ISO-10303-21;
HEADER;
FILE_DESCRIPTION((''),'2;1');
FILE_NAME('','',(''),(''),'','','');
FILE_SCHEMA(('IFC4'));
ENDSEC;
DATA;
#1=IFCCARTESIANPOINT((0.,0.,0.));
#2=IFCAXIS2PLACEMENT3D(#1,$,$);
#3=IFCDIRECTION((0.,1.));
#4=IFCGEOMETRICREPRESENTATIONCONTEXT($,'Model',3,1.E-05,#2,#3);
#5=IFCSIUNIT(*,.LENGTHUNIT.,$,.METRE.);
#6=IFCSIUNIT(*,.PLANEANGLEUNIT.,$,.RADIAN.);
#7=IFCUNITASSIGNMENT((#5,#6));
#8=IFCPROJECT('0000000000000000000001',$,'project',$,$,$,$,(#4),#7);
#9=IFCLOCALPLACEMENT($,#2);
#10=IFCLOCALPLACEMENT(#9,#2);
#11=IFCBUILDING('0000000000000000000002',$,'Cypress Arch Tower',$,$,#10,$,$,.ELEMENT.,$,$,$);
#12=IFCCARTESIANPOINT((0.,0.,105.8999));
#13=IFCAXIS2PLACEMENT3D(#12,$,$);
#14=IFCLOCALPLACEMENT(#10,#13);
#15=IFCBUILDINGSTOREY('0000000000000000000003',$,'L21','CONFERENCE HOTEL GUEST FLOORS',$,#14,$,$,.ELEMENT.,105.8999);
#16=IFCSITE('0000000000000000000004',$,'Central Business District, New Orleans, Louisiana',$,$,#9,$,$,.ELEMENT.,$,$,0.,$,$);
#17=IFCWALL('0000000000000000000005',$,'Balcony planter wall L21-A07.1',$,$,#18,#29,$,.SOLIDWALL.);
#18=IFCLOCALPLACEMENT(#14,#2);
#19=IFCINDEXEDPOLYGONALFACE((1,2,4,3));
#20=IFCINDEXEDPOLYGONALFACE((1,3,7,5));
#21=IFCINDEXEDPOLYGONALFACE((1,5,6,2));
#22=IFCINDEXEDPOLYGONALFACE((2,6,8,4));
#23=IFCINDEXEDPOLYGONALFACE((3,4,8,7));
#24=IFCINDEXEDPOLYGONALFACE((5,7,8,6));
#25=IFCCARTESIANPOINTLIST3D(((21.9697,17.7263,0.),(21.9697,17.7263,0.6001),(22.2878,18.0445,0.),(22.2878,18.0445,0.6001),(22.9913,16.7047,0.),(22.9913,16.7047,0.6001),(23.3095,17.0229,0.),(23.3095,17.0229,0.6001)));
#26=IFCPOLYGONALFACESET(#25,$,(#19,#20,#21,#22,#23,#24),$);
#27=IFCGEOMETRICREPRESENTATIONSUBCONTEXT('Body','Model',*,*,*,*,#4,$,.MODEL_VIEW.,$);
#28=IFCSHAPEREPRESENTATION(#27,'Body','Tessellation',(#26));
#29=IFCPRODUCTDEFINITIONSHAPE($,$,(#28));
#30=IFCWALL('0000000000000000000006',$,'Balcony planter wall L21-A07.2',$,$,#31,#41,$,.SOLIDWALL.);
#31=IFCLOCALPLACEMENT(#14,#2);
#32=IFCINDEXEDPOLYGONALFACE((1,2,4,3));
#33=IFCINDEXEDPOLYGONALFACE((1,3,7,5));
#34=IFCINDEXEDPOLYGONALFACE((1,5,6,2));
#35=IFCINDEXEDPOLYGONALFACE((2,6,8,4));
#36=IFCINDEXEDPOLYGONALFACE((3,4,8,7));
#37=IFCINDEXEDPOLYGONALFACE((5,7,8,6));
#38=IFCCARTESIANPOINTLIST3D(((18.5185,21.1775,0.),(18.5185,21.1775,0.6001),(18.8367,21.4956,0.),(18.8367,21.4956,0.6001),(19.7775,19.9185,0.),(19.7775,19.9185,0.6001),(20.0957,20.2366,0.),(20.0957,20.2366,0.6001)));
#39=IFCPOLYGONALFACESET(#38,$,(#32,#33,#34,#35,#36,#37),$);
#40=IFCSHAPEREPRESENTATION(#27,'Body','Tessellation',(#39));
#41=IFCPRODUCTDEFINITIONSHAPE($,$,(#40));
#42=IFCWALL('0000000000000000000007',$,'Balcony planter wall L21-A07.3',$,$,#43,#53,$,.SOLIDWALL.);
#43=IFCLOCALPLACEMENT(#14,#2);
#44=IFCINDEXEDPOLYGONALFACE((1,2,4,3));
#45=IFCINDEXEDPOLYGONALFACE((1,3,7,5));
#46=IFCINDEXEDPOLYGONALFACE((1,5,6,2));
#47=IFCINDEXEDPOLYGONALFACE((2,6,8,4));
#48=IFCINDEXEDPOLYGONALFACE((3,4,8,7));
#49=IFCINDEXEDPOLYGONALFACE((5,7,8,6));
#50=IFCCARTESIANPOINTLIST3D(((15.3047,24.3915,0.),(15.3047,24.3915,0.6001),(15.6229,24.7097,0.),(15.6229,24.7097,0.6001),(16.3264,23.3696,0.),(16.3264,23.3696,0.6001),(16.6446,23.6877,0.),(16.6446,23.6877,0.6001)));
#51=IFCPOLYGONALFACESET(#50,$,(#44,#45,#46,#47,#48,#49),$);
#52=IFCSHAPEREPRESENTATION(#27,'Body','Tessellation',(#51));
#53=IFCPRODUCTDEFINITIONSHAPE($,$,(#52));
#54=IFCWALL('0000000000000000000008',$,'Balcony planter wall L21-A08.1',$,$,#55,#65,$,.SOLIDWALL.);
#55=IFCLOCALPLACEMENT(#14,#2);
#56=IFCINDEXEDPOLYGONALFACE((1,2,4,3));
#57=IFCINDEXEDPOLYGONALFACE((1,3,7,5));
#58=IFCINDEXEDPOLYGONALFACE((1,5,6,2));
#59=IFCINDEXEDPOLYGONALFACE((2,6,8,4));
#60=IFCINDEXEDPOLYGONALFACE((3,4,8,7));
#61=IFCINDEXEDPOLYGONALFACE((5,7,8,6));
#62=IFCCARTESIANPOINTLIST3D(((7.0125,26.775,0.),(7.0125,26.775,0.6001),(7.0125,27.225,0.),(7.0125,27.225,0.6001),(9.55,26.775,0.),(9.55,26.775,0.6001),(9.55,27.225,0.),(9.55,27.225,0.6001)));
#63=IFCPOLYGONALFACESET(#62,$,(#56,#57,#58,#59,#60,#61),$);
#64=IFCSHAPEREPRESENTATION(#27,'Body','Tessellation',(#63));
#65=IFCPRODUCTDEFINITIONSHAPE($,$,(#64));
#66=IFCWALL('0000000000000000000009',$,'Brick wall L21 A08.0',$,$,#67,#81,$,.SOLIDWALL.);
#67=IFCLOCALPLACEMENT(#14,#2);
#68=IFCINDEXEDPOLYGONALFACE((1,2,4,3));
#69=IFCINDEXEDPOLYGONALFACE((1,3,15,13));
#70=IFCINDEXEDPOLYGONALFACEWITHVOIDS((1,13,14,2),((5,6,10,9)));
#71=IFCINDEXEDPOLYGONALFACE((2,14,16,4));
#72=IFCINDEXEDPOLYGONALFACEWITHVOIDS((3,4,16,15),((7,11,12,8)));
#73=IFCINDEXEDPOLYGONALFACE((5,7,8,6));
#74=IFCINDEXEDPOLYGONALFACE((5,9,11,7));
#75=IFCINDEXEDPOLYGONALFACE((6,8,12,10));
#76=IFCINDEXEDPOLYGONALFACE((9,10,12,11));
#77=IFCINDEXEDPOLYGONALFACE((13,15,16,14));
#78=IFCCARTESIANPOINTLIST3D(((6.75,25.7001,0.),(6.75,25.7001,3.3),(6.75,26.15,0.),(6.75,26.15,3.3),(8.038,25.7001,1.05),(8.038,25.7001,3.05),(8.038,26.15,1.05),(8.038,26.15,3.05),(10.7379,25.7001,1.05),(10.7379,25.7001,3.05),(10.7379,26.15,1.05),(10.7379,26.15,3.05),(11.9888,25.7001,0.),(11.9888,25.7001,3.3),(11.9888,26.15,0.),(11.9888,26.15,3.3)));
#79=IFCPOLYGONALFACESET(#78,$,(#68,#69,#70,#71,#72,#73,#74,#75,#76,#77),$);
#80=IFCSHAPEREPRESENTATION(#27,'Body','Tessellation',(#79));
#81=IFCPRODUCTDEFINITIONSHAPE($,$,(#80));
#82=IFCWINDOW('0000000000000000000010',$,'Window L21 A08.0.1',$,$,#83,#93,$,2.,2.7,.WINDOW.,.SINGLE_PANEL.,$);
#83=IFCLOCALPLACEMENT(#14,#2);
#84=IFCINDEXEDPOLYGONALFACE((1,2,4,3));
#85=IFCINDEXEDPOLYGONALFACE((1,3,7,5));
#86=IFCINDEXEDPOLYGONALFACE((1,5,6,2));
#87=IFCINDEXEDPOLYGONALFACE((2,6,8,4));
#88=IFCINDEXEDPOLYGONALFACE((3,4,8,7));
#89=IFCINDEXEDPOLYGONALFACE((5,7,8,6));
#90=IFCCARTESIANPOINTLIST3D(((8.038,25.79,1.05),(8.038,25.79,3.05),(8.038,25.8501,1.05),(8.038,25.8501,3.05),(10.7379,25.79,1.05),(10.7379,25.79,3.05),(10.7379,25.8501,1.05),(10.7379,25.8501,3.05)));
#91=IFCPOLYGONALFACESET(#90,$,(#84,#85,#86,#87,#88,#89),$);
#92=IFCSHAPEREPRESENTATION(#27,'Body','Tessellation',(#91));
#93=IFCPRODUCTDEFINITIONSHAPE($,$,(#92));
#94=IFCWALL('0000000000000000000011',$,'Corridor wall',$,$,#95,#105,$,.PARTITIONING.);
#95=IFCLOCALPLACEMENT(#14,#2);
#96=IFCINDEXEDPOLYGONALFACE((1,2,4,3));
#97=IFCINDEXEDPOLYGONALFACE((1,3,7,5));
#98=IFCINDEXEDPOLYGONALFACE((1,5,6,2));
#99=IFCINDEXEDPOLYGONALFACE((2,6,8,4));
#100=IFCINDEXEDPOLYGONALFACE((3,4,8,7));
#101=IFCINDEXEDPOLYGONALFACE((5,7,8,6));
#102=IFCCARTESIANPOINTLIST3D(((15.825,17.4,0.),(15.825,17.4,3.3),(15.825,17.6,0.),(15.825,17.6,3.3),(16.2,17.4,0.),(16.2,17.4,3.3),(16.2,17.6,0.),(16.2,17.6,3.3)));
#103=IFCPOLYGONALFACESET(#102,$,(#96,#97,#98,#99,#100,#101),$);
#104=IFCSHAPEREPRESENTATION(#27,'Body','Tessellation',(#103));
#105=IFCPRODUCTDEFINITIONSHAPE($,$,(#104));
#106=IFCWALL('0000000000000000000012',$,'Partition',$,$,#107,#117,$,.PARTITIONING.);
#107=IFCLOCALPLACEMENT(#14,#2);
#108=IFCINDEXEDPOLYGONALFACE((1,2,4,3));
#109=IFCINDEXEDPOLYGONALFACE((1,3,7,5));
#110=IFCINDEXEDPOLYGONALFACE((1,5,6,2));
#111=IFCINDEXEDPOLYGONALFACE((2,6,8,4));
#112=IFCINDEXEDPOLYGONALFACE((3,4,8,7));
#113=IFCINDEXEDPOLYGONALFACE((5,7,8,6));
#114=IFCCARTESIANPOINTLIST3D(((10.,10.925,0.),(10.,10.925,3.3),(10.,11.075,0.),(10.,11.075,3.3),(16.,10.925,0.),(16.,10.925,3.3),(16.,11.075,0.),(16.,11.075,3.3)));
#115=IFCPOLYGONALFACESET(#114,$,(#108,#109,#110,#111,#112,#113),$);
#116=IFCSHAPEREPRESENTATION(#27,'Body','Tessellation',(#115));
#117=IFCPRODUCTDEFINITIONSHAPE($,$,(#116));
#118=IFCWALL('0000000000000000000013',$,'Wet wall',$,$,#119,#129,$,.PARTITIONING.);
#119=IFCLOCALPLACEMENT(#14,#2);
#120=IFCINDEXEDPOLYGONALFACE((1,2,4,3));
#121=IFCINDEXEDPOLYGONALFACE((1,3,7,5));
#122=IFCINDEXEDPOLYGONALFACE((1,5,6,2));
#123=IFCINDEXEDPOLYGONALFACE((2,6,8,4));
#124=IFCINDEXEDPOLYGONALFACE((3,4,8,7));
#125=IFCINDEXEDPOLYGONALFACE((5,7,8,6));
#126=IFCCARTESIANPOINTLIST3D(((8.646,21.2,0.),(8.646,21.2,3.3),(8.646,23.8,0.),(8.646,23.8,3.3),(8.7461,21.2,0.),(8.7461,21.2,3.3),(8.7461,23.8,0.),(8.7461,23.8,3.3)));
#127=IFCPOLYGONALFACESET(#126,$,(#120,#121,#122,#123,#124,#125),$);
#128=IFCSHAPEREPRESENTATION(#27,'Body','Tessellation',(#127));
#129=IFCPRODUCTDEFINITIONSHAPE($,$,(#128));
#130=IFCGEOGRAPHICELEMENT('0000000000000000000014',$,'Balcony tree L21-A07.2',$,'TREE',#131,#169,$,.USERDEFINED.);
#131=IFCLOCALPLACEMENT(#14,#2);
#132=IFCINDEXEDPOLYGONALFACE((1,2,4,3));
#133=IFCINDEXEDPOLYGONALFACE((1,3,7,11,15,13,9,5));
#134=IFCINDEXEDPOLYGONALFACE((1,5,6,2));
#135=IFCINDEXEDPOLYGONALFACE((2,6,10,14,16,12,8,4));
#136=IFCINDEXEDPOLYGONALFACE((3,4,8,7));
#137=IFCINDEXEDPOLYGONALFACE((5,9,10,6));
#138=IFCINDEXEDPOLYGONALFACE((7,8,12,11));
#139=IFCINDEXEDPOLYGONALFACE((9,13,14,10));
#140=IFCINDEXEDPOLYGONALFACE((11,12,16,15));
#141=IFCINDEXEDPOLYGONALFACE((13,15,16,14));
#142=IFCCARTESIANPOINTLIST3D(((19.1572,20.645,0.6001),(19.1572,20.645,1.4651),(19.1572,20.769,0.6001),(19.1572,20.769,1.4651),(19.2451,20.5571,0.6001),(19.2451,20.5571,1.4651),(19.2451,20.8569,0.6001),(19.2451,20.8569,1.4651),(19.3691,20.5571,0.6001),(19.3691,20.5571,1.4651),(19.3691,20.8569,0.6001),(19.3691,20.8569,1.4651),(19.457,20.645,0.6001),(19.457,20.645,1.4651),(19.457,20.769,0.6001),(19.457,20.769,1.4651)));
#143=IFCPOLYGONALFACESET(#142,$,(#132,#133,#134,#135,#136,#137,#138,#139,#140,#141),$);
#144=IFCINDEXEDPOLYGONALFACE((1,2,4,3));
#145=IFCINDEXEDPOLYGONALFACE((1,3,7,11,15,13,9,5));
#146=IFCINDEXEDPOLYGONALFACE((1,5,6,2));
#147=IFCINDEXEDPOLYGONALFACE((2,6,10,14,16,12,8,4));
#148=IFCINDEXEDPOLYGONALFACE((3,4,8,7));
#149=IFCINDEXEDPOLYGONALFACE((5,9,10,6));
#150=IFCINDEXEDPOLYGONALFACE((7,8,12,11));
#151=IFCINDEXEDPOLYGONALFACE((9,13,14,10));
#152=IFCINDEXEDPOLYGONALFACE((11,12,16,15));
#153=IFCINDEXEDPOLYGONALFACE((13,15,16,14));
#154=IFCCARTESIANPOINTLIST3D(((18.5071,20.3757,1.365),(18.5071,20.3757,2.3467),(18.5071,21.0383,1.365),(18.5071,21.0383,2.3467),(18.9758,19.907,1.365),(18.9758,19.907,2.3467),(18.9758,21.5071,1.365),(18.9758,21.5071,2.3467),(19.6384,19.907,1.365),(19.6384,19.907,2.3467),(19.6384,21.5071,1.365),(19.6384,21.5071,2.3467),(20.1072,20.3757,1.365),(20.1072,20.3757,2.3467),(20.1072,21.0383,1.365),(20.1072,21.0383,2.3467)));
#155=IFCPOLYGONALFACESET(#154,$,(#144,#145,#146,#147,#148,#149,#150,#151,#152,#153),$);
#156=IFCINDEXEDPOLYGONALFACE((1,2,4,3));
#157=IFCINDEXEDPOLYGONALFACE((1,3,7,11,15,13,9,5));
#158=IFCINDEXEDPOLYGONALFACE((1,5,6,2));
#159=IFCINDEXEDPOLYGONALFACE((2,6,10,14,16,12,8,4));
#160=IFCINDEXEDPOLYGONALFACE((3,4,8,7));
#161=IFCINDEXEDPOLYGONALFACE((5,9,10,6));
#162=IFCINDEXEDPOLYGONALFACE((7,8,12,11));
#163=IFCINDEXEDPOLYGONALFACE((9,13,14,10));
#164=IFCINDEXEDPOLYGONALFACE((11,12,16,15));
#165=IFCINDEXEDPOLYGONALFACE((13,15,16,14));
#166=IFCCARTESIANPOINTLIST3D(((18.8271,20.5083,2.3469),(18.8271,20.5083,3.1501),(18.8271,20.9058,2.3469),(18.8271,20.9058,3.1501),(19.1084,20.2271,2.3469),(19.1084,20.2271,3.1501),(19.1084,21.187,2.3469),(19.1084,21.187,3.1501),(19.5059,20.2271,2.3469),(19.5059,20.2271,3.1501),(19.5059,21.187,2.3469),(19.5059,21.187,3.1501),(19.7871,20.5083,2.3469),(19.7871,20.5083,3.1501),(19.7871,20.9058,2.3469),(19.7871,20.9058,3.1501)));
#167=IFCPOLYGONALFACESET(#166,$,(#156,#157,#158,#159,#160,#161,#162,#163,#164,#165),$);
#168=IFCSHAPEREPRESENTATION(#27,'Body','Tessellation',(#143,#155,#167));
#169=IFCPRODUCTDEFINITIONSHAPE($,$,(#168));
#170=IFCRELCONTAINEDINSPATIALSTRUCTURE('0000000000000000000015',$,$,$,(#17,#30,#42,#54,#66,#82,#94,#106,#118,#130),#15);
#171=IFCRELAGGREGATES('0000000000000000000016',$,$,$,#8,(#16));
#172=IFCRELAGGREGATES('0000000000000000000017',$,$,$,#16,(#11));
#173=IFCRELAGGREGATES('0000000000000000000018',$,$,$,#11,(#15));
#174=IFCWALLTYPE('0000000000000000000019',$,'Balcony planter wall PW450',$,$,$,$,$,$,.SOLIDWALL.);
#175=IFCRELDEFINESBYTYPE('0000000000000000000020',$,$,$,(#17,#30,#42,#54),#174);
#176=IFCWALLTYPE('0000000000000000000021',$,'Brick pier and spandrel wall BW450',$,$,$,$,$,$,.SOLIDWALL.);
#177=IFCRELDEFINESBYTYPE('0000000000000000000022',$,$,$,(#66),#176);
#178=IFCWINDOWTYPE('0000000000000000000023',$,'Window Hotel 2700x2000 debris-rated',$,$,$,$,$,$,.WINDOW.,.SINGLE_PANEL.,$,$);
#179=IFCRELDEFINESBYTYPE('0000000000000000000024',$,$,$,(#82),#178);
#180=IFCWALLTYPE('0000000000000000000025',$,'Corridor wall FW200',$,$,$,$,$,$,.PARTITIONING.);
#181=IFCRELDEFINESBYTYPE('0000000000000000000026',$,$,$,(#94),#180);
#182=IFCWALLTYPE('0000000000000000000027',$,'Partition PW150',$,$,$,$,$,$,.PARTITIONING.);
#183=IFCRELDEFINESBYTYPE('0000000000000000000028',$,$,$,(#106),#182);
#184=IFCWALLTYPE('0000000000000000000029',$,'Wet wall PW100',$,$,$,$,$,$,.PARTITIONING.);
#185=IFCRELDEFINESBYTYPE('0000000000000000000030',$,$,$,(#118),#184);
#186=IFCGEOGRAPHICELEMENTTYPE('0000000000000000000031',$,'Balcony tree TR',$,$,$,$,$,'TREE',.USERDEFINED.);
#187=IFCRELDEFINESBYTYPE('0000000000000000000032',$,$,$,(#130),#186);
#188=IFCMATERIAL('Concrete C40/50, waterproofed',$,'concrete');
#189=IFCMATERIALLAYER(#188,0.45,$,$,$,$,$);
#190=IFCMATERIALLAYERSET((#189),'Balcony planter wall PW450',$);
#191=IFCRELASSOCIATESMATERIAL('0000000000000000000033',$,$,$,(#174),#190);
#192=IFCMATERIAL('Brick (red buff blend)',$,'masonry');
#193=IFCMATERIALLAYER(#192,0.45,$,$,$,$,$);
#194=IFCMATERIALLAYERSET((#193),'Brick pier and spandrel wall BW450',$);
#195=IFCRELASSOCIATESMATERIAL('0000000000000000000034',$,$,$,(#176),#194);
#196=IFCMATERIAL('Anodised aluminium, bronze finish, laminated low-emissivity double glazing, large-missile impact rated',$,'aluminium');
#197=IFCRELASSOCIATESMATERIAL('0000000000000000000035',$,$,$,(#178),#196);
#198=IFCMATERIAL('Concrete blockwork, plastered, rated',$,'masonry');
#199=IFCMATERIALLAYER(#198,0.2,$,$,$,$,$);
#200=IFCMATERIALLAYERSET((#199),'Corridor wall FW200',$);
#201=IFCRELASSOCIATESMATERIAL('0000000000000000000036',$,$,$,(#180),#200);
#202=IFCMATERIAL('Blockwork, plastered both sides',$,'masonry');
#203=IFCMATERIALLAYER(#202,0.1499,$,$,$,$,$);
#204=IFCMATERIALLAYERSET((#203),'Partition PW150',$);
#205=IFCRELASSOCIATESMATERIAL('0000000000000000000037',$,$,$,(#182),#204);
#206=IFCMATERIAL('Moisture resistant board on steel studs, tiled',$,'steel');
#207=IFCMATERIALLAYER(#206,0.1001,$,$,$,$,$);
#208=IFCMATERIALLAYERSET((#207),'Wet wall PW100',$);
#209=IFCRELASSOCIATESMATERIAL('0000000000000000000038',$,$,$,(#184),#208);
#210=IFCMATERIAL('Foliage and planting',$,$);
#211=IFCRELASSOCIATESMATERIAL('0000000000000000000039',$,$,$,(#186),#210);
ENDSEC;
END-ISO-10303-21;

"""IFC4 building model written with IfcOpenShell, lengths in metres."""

from ifc_helpers import new_model, si_unit, direction, frame, frame_2d, origin, place, context, subcontext, project, spatial, polyline, rectangle, outline, extrude, material, layer, layer_set, type_object, element, fill, save


model = new_model("IFC4")

# Units and contexts
model_context = context("Model", 3, precision=1e-05, world=origin(), true_north=direction((0.0, 1.0)))
body_context = subcontext(model_context, "Body", "Model", "MODEL_VIEW")
ifc_project = project(units=[si_unit("LENGTHUNIT", "METRE"), si_unit("PLANEANGLEUNIT", "RADIAN")], contexts=[model_context])

# Site, building, storey
site_placement = place(None, origin())
site = spatial("IfcSite", under=ifc_project, at=site_placement, Name="Central Business District, New Orleans, Louisiana", CompositionType="ELEMENT", RefElevation=0.0)
building_placement = place(site_placement, origin())
building = spatial("IfcBuilding", under=site, at=building_placement, Name="Cypress Arch Tower", CompositionType="ELEMENT")
storey_placement = place(building_placement, frame((0.0, 0.0, 105.8999)))
storey = spatial("IfcBuildingStorey", under=building, at=storey_placement, Name="L21", Description="CONFERENCE HOTEL GUEST FLOORS", CompositionType="ELEMENT", Elevation=105.8999)

# Walls
ifc_material_1 = material(Name="Concrete C40/50, waterproofed", Category="concrete")
ifc_layer_1 = layer(ifc_material_1, 0.45)
ifc_layer_set_1 = layer_set([ifc_layer_1], Name="Balcony planter wall PW450")
wall_type_1 = type_object("IfcWallType", Name="Balcony planter wall PW450", PredefinedType="SOLIDWALL", material=ifc_layer_set_1)
wall_1_placement = place(storey_placement, frame((23.1504, 16.8638, 0.0), z_axis=(0.0, 0.0, 1.0), x_axis=(-0.707107, 0.707107, 0.0)))
element("IfcWall", 1, at=wall_1_placement, inside=storey, type_object=wall_type_1, Name="Balcony planter wall L21-A07.1", PredefinedType="SOLIDWALL", context=body_context, shape_type="SweptSolid", body=[
    extrude(rectangle(XDim=1.4448, YDim=0.45, at=frame_2d((0.7224, 0.0))), origin(), (0.0, 0.0, 1.0), 0.6001),
])
wall_2_placement = place(storey_placement, frame((19.9365, 20.0776, 0.0), z_axis=(0.0, 0.0, 1.0), x_axis=(-0.707107, 0.707107, 0.0)))
element("IfcWall", 2, at=wall_2_placement, inside=storey, type_object=wall_type_1, Name="Balcony planter wall L21-A07.2", PredefinedType="SOLIDWALL", context=body_context, shape_type="SweptSolid", body=[
    extrude(rectangle(XDim=1.7805, YDim=0.45, at=frame_2d((0.8901, 0.0))), origin(), (0.0, 0.0, 1.0), 0.6001),
])
wall_3_placement = place(storey_placement, frame((16.4856, 23.5286, 0.0), z_axis=(0.0, 0.0, 1.0), x_axis=(-0.707022, 0.707191, 0.0)))
element("IfcWall", 3, at=wall_3_placement, inside=storey, type_object=wall_type_1, Name="Balcony planter wall L21-A07.3", PredefinedType="SOLIDWALL", context=body_context, shape_type="SweptSolid", body=[
    extrude(rectangle(XDim=1.4451, YDim=0.45, at=frame_2d((0.7227, 0.0))), origin(), (0.0, 0.0, 1.0), 0.6001),
])
wall_4_placement = place(storey_placement, frame((9.55, 27.0, 0.0), z_axis=(0.0, 0.0, 1.0), x_axis=(-1.0, 0.0, 0.0)))
element("IfcWall", 4, at=wall_4_placement, inside=storey, type_object=wall_type_1, Name="Balcony planter wall L21-A08.1", PredefinedType="SOLIDWALL", context=body_context, shape_type="SweptSolid", body=[
    extrude(rectangle(XDim=2.5376, YDim=0.45, at=frame_2d((1.2688, 0.0))), origin(), (0.0, 0.0, 1.0), 0.6001),
])

# Shared definitions
ifc_material_2 = material(Name="Brick (red buff blend)", Category="masonry")
ifc_layer_2 = layer(ifc_material_2, 0.45)
ifc_layer_set_2 = layer_set([ifc_layer_2], Name="Brick pier and spandrel wall BW450")
wall_type_2 = type_object("IfcWallType", Name="Brick pier and spandrel wall BW450", PredefinedType="SOLIDWALL", material=ifc_layer_set_2)
ifc_material_3 = material(Name="Anodised aluminium, bronze finish, laminated low-emissivity double glazing, large-missile impact rated", Category="aluminium")
window_type = type_object("IfcWindowType", Name="Window Hotel 2700x2000 debris-rated", PartitioningType="SINGLE_PANEL", PredefinedType="WINDOW", material=ifc_material_3)

# Wall, opening, window
wall_5_placement = place(storey_placement, frame((11.9888, 25.925, 0.0), z_axis=(0.0, 0.0, 1.0), x_axis=(-1.0, 0.0, 0.0)))
wall_5 = element("IfcWall", 5, at=wall_5_placement, inside=storey, type_object=wall_type_2, Name="Brick wall L21 A08.0", PredefinedType="SOLIDWALL", context=body_context, shape_type="SweptSolid", body=[
    extrude(rectangle(XDim=5.2388, YDim=0.45, at=frame_2d((2.6194, 0.0))), origin(), (0.0, 0.0, 1.0), 3.3),
])
opening_1_placement = place(wall_5_placement, frame((1.2507, 0.0, 1.05)))
opening_1 = element("IfcOpeningElement", 6, at=opening_1_placement, cuts=wall_5, PredefinedType="OPENING", context=body_context, shape_type="SweptSolid", body=[
    extrude(rectangle(XDim=2.7, YDim=2.0, at=frame_2d((1.3501, 1.0))), frame((0.0, 0.2349, 0.0), z_axis=(0.0, -1.0, 0.0), x_axis=(1.0, 0.0, 0.0)), (0.0, 0.0, 1.0), 0.47),
])
window_1_placement = place(opening_1_placement, origin())
window_1 = element("IfcWindow", 7, at=window_1_placement, inside=storey, type_object=window_type, Name="Window L21 A08.0.1", OverallHeight=2.0, OverallWidth=2.7, PartitioningType="SINGLE_PANEL", PredefinedType="WINDOW", context=body_context, shape_type="SweptSolid", body=[
    extrude(rectangle(XDim=2.7, YDim=2.0, at=frame_2d((1.3501, 1.0))), frame((0.0, 0.135, 0.0), z_axis=(0.0, -1.0, 0.0), x_axis=(1.0, 0.0, 0.0)), (0.0, 0.0, 1.0), 0.0601),
])
fill(opening_1, window_1)

# Walls
ifc_material_4 = material(Name="Concrete blockwork, plastered, rated", Category="masonry")
ifc_layer_3 = layer(ifc_material_4, 0.2)
ifc_layer_set_3 = layer_set([ifc_layer_3], Name="Corridor wall FW200")
wall_type_3 = type_object("IfcWallType", Name="Corridor wall FW200", PredefinedType="PARTITIONING", material=ifc_layer_set_3)
wall_6_placement = place(storey_placement, frame((15.825, 17.5, 0.0), z_axis=(0.0, 0.0, 1.0), x_axis=(1.0, 0.0, 0.0)))
element("IfcWall", 8, at=wall_6_placement, inside=storey, type_object=wall_type_3, Name="Corridor wall", PredefinedType="PARTITIONING", context=body_context, shape_type="SweptSolid", body=[
    extrude(rectangle(XDim=0.375, YDim=0.2, at=frame_2d((0.1875, 0.0))), origin(), (0.0, 0.0, 1.0), 3.3),
])
ifc_material_5 = material(Name="Blockwork, plastered both sides", Category="masonry")
ifc_layer_4 = layer(ifc_material_5, 0.1499)
ifc_layer_set_4 = layer_set([ifc_layer_4], Name="Partition PW150")
wall_type_4 = type_object("IfcWallType", Name="Partition PW150", PredefinedType="PARTITIONING", material=ifc_layer_set_4)
wall_7_placement = place(storey_placement, frame((10.0, 11.0, 0.0), z_axis=(0.0, 0.0, 1.0), x_axis=(1.0, 0.0, 0.0)))
element("IfcWall", 9, at=wall_7_placement, inside=storey, type_object=wall_type_4, Name="Partition", PredefinedType="PARTITIONING", context=body_context, shape_type="SweptSolid", body=[
    extrude(rectangle(XDim=6.0, YDim=0.1499, at=frame_2d((3.0, 0.0))), origin(), (0.0, 0.0, 1.0), 3.3),
])
ifc_material_6 = material(Name="Moisture resistant board on steel studs, tiled", Category="steel")
ifc_layer_5 = layer(ifc_material_6, 0.1001)
ifc_layer_set_5 = layer_set([ifc_layer_5], Name="Wet wall PW100")
wall_type_5 = type_object("IfcWallType", Name="Wet wall PW100", PredefinedType="PARTITIONING", material=ifc_layer_set_5)
wall_8_placement = place(storey_placement, frame((8.696, 21.2, 0.0), z_axis=(0.0, 0.0, 1.0), x_axis=(0.0, 1.0, 0.0)))
element("IfcWall", 10, at=wall_8_placement, inside=storey, type_object=wall_type_5, Name="Wet wall", PredefinedType="PARTITIONING", context=body_context, shape_type="SweptSolid", body=[
    extrude(rectangle(XDim=2.6001, YDim=0.1001, at=frame_2d((1.3, 0.0))), origin(), (0.0, 0.0, 1.0), 3.3),
])

# Geographic element
ifc_material_7 = material(Name="Foliage and planting")
geographic_element_type = type_object("IfcGeographicElementType", Name="Balcony tree TR", ElementType="TREE", PredefinedType="USERDEFINED", material=ifc_material_7)
for number, where, z_axis, x_axis, name in (
    (11, (19.3071, 20.707, 0.6001), (0.0, 0.0, 1.0), (1.0, 0.0, 0.0), "Balcony tree L21-A07.2"),
):
    element("IfcGeographicElement", number, at=place(storey_placement, frame(where, z_axis=z_axis, x_axis=x_axis)), inside=storey, type_object=geographic_element_type, Name=name, ObjectType="TREE", PredefinedType="USERDEFINED", context=body_context, shape_type="SweptSolid", body=[
        extrude(outline(polyline([(0.1499, 0.062), (0.062, 0.1499), (-0.062, 0.1499), (-0.1499, 0.062), (-0.1499, -0.062), (-0.062, -0.1499), (0.062, -0.1499), (0.1499, -0.062), (0.1499, 0.062)])), origin(), (0.0, 0.0, 1.0), 0.865),
        extrude(outline(polyline([(0.8, 0.3313), (0.3313, 0.8), (-0.3313, 0.8), (-0.8, 0.3313), (-0.8, -0.3313), (-0.3313, -0.8), (0.3313, -0.8), (0.8, -0.3313), (0.8, 0.3313)])), frame((0.0, 0.0, 0.7649)), (0.0, 0.0, 1.0), 0.9817),
        extrude(outline(polyline([(0.48, 0.1987), (0.1987, 0.48), (-0.1987, 0.48), (-0.48, 0.1987), (-0.48, -0.1987), (-0.1987, -0.48), (0.1987, -0.48), (0.48, -0.1987), (0.48, 0.1987)])), frame((0.0, 0.0, 1.7468)), (0.0, 0.0, 1.0), 0.8032),
    ])

save(model, "model.ifc")
